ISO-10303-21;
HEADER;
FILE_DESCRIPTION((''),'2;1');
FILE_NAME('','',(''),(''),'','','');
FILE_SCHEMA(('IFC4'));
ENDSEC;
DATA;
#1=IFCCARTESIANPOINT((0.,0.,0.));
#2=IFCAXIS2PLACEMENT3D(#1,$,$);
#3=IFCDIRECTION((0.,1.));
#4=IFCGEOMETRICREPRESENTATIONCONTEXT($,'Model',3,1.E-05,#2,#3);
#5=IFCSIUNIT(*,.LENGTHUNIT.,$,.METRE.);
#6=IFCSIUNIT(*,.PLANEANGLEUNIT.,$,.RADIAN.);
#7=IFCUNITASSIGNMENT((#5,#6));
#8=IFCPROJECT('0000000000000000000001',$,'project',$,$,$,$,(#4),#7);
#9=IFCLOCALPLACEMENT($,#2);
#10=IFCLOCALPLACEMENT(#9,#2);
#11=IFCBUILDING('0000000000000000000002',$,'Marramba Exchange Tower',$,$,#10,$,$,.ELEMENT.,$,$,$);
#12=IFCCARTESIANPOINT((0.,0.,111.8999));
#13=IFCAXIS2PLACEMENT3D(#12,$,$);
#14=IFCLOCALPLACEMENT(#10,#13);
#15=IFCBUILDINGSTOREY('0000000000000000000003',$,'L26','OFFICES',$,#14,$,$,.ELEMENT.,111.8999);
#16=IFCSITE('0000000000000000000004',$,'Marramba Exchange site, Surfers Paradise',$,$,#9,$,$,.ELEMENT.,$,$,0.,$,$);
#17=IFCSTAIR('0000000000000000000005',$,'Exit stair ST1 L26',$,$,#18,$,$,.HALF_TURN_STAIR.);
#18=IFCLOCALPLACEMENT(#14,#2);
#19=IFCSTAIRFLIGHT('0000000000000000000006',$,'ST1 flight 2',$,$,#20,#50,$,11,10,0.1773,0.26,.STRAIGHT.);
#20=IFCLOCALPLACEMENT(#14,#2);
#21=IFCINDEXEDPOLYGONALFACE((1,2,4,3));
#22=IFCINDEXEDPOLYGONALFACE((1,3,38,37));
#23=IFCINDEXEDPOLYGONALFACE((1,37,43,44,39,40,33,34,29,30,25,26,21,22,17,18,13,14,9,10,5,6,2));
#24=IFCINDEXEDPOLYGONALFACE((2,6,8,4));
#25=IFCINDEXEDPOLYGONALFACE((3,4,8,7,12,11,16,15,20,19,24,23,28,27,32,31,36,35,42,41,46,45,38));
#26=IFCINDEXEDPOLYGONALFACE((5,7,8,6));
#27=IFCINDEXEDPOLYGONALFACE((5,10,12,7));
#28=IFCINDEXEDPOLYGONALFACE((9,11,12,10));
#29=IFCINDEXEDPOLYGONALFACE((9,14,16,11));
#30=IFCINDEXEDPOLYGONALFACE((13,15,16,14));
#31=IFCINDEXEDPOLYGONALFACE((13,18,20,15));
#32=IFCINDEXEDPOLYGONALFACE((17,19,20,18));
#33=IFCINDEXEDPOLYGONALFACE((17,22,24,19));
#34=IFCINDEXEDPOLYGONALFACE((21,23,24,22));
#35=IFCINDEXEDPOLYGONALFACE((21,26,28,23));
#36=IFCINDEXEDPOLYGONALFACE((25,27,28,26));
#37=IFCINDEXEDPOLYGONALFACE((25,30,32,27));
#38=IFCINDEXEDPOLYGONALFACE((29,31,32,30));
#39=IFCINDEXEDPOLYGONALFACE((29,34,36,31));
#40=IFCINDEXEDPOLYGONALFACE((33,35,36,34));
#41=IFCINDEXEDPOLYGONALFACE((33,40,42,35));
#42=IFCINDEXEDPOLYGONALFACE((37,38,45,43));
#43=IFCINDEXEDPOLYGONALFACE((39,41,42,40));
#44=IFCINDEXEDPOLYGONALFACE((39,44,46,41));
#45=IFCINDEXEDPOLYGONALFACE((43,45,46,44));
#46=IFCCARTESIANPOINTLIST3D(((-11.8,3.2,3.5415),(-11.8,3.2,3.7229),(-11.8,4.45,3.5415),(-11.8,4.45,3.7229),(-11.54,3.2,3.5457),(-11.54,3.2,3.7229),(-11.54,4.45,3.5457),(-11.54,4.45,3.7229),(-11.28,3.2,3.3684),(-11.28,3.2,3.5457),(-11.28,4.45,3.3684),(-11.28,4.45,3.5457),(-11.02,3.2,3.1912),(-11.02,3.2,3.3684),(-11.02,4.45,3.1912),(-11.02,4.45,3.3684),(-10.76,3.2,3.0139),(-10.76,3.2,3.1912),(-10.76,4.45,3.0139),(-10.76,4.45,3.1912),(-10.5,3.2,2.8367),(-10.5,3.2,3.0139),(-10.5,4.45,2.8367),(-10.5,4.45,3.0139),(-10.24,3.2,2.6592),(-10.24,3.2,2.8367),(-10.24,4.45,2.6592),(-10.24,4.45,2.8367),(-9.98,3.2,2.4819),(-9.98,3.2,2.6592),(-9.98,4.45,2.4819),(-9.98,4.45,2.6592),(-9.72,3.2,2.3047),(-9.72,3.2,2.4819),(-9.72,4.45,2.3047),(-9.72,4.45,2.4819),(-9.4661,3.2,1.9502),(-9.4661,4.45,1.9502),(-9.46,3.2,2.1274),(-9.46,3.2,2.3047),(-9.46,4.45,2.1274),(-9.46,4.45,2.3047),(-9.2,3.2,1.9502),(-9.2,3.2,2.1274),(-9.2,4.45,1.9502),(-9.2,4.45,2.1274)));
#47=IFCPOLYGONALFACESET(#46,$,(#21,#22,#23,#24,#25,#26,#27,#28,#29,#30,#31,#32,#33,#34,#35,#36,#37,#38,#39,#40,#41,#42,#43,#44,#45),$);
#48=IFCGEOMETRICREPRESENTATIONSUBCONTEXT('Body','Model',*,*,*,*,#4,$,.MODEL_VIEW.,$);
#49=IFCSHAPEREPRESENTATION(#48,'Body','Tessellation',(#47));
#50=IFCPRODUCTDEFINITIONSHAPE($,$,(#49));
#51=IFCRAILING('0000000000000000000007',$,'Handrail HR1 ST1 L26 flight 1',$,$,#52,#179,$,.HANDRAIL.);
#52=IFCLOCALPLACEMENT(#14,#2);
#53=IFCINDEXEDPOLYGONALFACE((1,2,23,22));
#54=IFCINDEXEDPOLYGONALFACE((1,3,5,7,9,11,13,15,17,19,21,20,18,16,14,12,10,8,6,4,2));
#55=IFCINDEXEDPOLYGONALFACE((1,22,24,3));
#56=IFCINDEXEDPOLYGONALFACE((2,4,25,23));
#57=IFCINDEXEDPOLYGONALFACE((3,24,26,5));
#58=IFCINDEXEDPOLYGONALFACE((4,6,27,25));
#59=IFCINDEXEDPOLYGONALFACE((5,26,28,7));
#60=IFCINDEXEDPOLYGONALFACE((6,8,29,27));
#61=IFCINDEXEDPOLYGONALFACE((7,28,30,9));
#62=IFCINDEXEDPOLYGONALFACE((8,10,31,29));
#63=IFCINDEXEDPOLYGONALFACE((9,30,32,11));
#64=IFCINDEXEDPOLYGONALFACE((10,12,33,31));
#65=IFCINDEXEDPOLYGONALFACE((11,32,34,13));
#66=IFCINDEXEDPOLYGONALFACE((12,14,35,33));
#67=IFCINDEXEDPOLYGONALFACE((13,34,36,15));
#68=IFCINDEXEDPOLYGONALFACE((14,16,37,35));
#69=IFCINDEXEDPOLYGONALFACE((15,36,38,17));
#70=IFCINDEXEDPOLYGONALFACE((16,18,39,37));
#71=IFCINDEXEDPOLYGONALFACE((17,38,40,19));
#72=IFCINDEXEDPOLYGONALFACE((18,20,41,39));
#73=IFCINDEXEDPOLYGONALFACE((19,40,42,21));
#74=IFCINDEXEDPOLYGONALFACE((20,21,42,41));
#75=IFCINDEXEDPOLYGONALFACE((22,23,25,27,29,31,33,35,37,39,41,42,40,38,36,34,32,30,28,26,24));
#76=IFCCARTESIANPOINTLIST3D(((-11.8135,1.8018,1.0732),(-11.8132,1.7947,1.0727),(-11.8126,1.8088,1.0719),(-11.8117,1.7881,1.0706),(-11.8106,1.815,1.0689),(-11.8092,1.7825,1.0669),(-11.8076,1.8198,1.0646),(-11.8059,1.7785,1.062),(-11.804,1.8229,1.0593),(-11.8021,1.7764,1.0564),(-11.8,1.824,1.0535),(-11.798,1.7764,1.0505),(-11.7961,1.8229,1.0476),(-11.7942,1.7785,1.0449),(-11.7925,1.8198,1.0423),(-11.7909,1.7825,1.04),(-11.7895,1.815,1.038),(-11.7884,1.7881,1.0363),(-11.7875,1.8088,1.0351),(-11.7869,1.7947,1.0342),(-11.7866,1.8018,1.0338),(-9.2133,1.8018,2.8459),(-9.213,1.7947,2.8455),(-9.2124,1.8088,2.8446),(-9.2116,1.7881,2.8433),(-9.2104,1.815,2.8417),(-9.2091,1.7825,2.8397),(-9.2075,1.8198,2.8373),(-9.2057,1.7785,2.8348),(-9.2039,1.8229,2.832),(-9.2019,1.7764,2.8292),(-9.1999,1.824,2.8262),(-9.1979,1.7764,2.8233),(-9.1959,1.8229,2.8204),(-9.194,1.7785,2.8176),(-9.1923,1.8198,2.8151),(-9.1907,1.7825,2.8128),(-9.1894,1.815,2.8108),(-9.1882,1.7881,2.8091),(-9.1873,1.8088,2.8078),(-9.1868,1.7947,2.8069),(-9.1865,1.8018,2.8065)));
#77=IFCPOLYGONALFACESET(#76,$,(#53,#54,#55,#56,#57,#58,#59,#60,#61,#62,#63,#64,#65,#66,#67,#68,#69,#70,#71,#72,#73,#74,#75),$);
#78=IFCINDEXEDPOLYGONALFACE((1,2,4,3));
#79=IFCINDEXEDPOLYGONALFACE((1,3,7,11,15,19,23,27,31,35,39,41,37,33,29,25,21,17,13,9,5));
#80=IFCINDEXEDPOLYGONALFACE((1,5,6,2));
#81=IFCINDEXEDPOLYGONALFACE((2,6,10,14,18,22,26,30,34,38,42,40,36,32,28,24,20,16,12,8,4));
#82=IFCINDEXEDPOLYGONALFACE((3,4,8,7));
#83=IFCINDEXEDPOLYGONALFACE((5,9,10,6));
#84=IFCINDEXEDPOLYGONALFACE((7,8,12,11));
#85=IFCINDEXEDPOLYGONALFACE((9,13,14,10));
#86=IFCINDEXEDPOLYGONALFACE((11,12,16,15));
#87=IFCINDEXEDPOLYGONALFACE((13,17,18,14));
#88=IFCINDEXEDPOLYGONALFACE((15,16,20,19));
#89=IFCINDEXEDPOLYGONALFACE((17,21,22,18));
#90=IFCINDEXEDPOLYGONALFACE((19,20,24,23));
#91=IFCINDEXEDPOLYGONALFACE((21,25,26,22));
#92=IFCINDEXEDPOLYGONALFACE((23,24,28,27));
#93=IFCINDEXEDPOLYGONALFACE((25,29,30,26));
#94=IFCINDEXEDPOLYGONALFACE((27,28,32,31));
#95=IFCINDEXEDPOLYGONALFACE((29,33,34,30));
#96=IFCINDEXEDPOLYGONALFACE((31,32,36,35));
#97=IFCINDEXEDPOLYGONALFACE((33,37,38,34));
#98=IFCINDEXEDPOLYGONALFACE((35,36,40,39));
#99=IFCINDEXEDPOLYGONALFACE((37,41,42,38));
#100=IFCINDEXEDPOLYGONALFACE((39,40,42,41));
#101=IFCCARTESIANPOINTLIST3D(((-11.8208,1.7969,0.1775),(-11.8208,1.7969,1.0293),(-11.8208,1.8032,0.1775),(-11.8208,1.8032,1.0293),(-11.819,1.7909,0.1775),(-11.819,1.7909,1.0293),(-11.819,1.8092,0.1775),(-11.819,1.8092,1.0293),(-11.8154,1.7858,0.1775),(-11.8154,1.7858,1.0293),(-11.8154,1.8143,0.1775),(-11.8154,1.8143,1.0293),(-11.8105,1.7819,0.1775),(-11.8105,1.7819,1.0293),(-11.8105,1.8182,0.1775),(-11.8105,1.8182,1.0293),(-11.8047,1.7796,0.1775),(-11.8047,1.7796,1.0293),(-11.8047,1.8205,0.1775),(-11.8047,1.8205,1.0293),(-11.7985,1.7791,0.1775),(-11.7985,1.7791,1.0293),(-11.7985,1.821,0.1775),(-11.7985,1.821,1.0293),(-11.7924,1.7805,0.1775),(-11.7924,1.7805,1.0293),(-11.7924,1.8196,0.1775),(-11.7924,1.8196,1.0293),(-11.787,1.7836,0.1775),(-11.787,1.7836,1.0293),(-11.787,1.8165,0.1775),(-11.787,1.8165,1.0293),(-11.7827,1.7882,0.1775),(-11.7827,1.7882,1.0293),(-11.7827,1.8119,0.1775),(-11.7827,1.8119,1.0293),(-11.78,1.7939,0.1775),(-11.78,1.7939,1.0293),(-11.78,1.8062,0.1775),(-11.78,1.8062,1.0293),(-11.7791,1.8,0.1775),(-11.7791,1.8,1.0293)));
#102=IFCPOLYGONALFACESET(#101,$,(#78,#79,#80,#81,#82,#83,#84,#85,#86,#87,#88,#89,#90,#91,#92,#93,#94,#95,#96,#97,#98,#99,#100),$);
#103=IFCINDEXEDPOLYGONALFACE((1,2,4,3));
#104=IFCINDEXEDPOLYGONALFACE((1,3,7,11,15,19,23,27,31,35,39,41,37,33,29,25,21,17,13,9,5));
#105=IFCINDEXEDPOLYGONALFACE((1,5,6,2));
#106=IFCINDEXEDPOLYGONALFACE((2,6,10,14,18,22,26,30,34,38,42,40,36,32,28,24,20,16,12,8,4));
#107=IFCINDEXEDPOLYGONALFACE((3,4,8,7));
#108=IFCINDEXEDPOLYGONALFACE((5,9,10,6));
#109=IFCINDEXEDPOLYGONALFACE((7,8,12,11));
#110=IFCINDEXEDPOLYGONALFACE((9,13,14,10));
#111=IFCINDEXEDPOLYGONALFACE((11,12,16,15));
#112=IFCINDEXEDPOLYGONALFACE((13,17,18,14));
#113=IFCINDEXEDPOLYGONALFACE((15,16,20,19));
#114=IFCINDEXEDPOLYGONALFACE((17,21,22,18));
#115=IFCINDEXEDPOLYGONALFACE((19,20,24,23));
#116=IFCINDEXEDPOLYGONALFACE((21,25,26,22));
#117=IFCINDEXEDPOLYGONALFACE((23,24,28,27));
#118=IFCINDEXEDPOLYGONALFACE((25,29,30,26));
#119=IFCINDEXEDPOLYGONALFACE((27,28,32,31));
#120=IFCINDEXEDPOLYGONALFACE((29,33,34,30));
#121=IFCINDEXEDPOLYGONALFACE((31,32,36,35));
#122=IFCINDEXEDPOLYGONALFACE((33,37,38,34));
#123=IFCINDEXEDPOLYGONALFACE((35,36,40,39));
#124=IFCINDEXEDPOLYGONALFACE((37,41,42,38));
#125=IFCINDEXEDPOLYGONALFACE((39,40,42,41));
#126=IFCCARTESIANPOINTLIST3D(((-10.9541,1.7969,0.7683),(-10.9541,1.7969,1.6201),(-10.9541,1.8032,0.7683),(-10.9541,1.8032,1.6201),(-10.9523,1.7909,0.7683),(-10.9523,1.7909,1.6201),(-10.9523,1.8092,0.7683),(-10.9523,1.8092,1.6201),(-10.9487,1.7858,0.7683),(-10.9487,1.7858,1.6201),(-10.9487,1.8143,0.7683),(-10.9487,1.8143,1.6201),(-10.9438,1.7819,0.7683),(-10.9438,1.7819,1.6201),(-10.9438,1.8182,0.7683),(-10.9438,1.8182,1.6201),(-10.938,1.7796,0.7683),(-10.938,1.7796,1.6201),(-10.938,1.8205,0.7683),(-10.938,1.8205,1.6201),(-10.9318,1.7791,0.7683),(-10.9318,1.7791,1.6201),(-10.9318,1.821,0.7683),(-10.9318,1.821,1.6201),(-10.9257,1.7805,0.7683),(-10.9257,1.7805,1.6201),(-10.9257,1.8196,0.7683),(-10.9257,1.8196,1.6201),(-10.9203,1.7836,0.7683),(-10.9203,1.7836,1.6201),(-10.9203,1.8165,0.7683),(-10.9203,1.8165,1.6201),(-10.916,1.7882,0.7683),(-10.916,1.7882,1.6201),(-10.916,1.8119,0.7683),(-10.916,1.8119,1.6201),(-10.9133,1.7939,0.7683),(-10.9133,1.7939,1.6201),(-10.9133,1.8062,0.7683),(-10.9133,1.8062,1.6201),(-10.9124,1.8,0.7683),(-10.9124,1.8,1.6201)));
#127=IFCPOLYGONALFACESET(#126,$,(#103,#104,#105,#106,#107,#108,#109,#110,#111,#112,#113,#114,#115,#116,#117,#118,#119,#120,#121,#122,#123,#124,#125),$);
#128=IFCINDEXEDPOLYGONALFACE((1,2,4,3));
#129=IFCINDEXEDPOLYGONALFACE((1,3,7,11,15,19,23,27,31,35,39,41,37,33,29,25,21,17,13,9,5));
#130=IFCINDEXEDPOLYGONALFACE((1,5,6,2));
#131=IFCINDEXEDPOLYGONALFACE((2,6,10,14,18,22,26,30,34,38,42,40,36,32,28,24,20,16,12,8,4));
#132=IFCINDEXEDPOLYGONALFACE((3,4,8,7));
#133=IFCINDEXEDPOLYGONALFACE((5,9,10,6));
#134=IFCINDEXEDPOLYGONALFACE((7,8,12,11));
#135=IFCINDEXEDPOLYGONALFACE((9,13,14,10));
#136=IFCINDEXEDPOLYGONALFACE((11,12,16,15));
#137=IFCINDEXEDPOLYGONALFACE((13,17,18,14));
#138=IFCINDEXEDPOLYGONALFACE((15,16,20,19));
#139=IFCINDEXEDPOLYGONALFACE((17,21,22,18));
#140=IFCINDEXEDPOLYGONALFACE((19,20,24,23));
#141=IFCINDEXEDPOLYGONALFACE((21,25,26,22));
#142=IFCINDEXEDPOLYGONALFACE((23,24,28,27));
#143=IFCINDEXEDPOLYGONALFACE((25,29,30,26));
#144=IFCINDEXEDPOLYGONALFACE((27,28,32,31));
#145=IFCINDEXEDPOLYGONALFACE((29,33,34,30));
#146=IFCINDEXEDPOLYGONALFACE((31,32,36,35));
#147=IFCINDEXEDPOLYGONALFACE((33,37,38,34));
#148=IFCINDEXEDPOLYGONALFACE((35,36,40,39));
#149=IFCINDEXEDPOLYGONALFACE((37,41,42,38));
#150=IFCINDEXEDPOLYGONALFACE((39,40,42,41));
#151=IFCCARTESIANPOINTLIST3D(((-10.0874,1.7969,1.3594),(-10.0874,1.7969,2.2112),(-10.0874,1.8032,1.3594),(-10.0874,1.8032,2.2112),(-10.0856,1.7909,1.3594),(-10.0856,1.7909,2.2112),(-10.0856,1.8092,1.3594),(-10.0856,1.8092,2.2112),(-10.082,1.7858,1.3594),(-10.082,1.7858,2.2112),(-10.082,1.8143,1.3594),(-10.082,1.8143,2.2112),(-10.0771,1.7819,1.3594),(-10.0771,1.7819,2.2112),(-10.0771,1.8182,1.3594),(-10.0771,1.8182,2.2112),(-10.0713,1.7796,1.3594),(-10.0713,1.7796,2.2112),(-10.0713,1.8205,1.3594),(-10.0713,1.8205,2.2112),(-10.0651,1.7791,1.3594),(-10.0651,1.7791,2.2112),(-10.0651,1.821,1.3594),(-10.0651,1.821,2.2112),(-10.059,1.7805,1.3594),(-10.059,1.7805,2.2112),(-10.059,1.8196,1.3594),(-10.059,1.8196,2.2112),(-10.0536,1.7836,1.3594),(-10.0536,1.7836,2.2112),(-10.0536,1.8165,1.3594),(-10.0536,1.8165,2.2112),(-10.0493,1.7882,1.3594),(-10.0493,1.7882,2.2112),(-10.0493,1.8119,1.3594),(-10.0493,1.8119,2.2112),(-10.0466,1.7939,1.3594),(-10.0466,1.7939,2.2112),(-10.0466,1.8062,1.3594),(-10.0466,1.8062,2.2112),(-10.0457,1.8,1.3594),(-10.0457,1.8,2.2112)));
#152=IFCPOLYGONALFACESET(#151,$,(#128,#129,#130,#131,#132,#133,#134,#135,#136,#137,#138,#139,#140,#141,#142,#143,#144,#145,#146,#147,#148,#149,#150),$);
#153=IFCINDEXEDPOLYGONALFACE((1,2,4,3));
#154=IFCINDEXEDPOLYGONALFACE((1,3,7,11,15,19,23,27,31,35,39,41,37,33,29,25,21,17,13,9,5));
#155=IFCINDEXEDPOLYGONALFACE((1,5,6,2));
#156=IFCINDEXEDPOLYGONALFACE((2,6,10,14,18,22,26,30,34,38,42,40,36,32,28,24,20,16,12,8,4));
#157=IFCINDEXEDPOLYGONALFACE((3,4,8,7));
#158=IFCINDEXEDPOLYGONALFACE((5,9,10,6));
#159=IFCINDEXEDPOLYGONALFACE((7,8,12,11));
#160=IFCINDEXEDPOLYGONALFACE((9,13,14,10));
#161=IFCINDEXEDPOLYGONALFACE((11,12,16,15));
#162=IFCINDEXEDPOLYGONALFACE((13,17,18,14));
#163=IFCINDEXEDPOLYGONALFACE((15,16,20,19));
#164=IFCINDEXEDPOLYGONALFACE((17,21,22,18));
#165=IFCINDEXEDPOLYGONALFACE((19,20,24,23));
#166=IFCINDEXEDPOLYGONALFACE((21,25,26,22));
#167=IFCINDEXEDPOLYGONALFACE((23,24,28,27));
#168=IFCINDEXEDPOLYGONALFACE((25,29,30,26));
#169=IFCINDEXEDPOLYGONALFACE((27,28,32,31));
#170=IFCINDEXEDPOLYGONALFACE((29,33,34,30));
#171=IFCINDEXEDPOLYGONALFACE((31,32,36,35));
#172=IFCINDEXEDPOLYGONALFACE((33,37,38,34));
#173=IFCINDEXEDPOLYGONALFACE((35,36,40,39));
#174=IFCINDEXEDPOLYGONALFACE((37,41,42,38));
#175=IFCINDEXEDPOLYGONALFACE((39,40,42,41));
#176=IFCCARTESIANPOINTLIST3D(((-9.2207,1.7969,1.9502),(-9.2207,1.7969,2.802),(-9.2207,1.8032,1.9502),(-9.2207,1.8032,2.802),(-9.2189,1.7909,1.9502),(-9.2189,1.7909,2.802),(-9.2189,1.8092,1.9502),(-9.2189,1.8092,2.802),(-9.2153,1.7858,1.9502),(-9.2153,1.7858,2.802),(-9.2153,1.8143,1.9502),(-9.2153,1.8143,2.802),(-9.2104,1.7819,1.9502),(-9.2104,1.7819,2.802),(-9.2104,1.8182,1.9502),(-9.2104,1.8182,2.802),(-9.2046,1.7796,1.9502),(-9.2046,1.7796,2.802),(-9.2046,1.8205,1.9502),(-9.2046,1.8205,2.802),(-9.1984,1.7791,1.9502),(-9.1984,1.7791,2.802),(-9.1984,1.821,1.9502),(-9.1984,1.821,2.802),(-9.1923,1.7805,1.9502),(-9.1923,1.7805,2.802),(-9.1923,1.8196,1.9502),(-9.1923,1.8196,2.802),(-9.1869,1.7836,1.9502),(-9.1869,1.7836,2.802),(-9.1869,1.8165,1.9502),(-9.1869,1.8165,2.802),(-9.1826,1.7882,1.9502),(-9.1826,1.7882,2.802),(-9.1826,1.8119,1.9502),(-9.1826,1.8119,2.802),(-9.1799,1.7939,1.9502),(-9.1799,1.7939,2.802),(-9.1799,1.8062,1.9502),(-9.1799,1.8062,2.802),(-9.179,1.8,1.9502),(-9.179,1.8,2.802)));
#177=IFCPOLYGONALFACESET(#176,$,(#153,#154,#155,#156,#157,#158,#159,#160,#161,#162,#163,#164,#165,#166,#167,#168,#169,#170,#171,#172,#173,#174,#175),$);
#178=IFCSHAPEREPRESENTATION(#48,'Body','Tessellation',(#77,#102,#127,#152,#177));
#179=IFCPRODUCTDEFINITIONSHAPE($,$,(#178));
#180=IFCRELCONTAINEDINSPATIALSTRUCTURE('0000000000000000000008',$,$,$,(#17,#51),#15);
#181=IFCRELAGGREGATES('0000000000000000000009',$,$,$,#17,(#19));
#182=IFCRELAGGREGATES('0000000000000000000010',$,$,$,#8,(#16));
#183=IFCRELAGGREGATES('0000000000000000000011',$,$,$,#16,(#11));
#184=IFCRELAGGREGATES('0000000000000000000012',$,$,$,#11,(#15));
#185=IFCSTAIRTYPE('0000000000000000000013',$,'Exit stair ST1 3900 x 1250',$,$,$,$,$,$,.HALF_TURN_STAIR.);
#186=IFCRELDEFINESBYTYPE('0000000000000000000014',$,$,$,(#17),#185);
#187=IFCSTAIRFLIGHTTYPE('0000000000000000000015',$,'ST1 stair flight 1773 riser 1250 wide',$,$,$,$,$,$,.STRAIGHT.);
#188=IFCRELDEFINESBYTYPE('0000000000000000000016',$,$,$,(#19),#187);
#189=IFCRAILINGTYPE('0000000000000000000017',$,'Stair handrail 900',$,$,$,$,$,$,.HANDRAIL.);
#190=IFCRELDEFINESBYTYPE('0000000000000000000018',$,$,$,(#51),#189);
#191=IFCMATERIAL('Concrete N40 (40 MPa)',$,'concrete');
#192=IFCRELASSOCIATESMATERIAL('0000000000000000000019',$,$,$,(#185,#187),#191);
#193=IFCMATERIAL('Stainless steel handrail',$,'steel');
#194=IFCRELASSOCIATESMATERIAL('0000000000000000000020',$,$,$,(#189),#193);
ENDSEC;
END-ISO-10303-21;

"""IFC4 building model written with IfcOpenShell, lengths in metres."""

from ifc_helpers import new_model, si_unit, direction, frame, origin, origin_2d, place, context, subcontext, project, spatial, polyline, circle, outline, extrude, material, type_object, element, aggregate, save


model = new_model("IFC4")

# Units and contexts
model_context = context("Model", 3, precision=1e-05, world=origin(), true_north=direction((0.0, 1.0)))
body_context = subcontext(model_context, "Body", "Model", "MODEL_VIEW")
ifc_project = project(units=[si_unit("LENGTHUNIT", "METRE"), si_unit("PLANEANGLEUNIT", "RADIAN")], contexts=[model_context])

# Site, building, storey
site_placement = place(None, origin())
site = spatial("IfcSite", under=ifc_project, at=site_placement, Name="Marramba Exchange site, Surfers Paradise", CompositionType="ELEMENT", RefElevation=0.0)
building_placement = place(site_placement, origin())
building = spatial("IfcBuilding", under=site, at=building_placement, Name="Marramba Exchange Tower", CompositionType="ELEMENT")
storey_placement = place(building_placement, frame((0.0, 0.0, 111.8999)))
storey = spatial("IfcBuildingStorey", under=building, at=storey_placement, Name="L26", Description="OFFICES", CompositionType="ELEMENT", Elevation=111.8999)

# Stair, stair flight
ifc_material_1 = material(Name="Concrete N40 (40 MPa)", Category="concrete")
stair_type = type_object("IfcStairType", Name="Exit stair ST1 3900 x 1250", PredefinedType="HALF_TURN_STAIR", material=ifc_material_1)
stair_placement = place(storey_placement, origin())
stair = element("IfcStair", 1, at=stair_placement, inside=storey, type_object=stair_type, Name="Exit stair ST1 L26", PredefinedType="HALF_TURN_STAIR")
stair_flight_type = type_object("IfcStairFlightType", Name="ST1 stair flight 1773 riser 1250 wide", PredefinedType="STRAIGHT", material=ifc_material_1)
stair_flight_1_placement = place(storey_placement, frame((-9.2, 3.825, 1.9502), z_axis=(0.0, 0.0, 1.0), x_axis=(-1.0, 0.0, 0.0)))
stair_flight_1 = element("IfcStairFlight", 2, at=stair_flight_1_placement, type_object=stair_flight_type, Name="ST1 flight 2", NumberOfRisers=11, NumberOfTreads=10, PredefinedType="STRAIGHT", RiserHeight=0.1773, TreadLength=0.26, context=body_context, shape_type="SweptSolid", body=[
    extrude(outline(polyline([(0.0, 0.0), (0.0, 0.1772), (0.26, 0.1772), (0.26, 0.3545), (0.52, 0.3545), (0.52, 0.5317), (0.78, 0.5317), (0.78, 0.709), (1.04, 0.709), (1.04, 0.8865), (1.3, 0.8865), (1.3, 1.0637), (1.5601, 1.0637), (1.5601, 1.241), (1.8201, 1.241), (1.8201, 1.4182), (2.0801, 1.4182), (2.0801, 1.5955), (2.3401, 1.5955), (2.3401, 1.7727), (2.6001, 1.7727), (2.6001, 1.95), (2.6001, 1.5913), (0.2661, 0.0), (0.0, 0.0)])), frame((0.0, 0.625, 0.0), z_axis=(0.0, -1.0, 0.0), x_axis=(1.0, 0.0, 0.0)), (0.0, 0.0, 1.0), 1.25),
])
aggregate(stair, [stair_flight_1])

# Railing
ifc_material_2 = material(Name="Stainless steel handrail", Category="steel")
railing_type = type_object("IfcRailingType", Name="Stair handrail 900", PredefinedType="HANDRAIL", material=ifc_material_2)
railing_1_placement = place(storey_placement, frame((-11.8, 1.8, 0.1775)))
element("IfcRailing", 3, at=railing_1_placement, inside=storey, type_object=railing_type, Name="Handrail HR1 ST1 L26 flight 1", PredefinedType="HANDRAIL", context=body_context, shape_type="SweptSolid", body=[
    extrude(circle(Radius=0.0239, at=origin_2d()), frame((0.0, 0.0, 0.876), z_axis=(0.82624, 0.0, 0.563318), x_axis=(0.0, 1.0, 0.0)), (0.0, 0.0, 1.0), 3.147),
    extrude(circle(Radius=0.021, at=origin_2d()), origin(), (0.0, 0.0, 1.0), 0.8518),
    extrude(circle(Radius=0.021, at=origin_2d()), frame((0.8667, 0.0, 0.5908)), (0.0, 0.0, 1.0), 0.8518),
    extrude(circle(Radius=0.021, at=origin_2d()), frame((1.7334, 0.0, 1.1819)), (0.0, 0.0, 1.0), 0.8518),
    extrude(circle(Radius=0.021, at=origin_2d()), frame((2.6001, 0.0, 1.7727)), (0.0, 0.0, 1.0), 0.8518),
])

save(model, "model.ifc")
